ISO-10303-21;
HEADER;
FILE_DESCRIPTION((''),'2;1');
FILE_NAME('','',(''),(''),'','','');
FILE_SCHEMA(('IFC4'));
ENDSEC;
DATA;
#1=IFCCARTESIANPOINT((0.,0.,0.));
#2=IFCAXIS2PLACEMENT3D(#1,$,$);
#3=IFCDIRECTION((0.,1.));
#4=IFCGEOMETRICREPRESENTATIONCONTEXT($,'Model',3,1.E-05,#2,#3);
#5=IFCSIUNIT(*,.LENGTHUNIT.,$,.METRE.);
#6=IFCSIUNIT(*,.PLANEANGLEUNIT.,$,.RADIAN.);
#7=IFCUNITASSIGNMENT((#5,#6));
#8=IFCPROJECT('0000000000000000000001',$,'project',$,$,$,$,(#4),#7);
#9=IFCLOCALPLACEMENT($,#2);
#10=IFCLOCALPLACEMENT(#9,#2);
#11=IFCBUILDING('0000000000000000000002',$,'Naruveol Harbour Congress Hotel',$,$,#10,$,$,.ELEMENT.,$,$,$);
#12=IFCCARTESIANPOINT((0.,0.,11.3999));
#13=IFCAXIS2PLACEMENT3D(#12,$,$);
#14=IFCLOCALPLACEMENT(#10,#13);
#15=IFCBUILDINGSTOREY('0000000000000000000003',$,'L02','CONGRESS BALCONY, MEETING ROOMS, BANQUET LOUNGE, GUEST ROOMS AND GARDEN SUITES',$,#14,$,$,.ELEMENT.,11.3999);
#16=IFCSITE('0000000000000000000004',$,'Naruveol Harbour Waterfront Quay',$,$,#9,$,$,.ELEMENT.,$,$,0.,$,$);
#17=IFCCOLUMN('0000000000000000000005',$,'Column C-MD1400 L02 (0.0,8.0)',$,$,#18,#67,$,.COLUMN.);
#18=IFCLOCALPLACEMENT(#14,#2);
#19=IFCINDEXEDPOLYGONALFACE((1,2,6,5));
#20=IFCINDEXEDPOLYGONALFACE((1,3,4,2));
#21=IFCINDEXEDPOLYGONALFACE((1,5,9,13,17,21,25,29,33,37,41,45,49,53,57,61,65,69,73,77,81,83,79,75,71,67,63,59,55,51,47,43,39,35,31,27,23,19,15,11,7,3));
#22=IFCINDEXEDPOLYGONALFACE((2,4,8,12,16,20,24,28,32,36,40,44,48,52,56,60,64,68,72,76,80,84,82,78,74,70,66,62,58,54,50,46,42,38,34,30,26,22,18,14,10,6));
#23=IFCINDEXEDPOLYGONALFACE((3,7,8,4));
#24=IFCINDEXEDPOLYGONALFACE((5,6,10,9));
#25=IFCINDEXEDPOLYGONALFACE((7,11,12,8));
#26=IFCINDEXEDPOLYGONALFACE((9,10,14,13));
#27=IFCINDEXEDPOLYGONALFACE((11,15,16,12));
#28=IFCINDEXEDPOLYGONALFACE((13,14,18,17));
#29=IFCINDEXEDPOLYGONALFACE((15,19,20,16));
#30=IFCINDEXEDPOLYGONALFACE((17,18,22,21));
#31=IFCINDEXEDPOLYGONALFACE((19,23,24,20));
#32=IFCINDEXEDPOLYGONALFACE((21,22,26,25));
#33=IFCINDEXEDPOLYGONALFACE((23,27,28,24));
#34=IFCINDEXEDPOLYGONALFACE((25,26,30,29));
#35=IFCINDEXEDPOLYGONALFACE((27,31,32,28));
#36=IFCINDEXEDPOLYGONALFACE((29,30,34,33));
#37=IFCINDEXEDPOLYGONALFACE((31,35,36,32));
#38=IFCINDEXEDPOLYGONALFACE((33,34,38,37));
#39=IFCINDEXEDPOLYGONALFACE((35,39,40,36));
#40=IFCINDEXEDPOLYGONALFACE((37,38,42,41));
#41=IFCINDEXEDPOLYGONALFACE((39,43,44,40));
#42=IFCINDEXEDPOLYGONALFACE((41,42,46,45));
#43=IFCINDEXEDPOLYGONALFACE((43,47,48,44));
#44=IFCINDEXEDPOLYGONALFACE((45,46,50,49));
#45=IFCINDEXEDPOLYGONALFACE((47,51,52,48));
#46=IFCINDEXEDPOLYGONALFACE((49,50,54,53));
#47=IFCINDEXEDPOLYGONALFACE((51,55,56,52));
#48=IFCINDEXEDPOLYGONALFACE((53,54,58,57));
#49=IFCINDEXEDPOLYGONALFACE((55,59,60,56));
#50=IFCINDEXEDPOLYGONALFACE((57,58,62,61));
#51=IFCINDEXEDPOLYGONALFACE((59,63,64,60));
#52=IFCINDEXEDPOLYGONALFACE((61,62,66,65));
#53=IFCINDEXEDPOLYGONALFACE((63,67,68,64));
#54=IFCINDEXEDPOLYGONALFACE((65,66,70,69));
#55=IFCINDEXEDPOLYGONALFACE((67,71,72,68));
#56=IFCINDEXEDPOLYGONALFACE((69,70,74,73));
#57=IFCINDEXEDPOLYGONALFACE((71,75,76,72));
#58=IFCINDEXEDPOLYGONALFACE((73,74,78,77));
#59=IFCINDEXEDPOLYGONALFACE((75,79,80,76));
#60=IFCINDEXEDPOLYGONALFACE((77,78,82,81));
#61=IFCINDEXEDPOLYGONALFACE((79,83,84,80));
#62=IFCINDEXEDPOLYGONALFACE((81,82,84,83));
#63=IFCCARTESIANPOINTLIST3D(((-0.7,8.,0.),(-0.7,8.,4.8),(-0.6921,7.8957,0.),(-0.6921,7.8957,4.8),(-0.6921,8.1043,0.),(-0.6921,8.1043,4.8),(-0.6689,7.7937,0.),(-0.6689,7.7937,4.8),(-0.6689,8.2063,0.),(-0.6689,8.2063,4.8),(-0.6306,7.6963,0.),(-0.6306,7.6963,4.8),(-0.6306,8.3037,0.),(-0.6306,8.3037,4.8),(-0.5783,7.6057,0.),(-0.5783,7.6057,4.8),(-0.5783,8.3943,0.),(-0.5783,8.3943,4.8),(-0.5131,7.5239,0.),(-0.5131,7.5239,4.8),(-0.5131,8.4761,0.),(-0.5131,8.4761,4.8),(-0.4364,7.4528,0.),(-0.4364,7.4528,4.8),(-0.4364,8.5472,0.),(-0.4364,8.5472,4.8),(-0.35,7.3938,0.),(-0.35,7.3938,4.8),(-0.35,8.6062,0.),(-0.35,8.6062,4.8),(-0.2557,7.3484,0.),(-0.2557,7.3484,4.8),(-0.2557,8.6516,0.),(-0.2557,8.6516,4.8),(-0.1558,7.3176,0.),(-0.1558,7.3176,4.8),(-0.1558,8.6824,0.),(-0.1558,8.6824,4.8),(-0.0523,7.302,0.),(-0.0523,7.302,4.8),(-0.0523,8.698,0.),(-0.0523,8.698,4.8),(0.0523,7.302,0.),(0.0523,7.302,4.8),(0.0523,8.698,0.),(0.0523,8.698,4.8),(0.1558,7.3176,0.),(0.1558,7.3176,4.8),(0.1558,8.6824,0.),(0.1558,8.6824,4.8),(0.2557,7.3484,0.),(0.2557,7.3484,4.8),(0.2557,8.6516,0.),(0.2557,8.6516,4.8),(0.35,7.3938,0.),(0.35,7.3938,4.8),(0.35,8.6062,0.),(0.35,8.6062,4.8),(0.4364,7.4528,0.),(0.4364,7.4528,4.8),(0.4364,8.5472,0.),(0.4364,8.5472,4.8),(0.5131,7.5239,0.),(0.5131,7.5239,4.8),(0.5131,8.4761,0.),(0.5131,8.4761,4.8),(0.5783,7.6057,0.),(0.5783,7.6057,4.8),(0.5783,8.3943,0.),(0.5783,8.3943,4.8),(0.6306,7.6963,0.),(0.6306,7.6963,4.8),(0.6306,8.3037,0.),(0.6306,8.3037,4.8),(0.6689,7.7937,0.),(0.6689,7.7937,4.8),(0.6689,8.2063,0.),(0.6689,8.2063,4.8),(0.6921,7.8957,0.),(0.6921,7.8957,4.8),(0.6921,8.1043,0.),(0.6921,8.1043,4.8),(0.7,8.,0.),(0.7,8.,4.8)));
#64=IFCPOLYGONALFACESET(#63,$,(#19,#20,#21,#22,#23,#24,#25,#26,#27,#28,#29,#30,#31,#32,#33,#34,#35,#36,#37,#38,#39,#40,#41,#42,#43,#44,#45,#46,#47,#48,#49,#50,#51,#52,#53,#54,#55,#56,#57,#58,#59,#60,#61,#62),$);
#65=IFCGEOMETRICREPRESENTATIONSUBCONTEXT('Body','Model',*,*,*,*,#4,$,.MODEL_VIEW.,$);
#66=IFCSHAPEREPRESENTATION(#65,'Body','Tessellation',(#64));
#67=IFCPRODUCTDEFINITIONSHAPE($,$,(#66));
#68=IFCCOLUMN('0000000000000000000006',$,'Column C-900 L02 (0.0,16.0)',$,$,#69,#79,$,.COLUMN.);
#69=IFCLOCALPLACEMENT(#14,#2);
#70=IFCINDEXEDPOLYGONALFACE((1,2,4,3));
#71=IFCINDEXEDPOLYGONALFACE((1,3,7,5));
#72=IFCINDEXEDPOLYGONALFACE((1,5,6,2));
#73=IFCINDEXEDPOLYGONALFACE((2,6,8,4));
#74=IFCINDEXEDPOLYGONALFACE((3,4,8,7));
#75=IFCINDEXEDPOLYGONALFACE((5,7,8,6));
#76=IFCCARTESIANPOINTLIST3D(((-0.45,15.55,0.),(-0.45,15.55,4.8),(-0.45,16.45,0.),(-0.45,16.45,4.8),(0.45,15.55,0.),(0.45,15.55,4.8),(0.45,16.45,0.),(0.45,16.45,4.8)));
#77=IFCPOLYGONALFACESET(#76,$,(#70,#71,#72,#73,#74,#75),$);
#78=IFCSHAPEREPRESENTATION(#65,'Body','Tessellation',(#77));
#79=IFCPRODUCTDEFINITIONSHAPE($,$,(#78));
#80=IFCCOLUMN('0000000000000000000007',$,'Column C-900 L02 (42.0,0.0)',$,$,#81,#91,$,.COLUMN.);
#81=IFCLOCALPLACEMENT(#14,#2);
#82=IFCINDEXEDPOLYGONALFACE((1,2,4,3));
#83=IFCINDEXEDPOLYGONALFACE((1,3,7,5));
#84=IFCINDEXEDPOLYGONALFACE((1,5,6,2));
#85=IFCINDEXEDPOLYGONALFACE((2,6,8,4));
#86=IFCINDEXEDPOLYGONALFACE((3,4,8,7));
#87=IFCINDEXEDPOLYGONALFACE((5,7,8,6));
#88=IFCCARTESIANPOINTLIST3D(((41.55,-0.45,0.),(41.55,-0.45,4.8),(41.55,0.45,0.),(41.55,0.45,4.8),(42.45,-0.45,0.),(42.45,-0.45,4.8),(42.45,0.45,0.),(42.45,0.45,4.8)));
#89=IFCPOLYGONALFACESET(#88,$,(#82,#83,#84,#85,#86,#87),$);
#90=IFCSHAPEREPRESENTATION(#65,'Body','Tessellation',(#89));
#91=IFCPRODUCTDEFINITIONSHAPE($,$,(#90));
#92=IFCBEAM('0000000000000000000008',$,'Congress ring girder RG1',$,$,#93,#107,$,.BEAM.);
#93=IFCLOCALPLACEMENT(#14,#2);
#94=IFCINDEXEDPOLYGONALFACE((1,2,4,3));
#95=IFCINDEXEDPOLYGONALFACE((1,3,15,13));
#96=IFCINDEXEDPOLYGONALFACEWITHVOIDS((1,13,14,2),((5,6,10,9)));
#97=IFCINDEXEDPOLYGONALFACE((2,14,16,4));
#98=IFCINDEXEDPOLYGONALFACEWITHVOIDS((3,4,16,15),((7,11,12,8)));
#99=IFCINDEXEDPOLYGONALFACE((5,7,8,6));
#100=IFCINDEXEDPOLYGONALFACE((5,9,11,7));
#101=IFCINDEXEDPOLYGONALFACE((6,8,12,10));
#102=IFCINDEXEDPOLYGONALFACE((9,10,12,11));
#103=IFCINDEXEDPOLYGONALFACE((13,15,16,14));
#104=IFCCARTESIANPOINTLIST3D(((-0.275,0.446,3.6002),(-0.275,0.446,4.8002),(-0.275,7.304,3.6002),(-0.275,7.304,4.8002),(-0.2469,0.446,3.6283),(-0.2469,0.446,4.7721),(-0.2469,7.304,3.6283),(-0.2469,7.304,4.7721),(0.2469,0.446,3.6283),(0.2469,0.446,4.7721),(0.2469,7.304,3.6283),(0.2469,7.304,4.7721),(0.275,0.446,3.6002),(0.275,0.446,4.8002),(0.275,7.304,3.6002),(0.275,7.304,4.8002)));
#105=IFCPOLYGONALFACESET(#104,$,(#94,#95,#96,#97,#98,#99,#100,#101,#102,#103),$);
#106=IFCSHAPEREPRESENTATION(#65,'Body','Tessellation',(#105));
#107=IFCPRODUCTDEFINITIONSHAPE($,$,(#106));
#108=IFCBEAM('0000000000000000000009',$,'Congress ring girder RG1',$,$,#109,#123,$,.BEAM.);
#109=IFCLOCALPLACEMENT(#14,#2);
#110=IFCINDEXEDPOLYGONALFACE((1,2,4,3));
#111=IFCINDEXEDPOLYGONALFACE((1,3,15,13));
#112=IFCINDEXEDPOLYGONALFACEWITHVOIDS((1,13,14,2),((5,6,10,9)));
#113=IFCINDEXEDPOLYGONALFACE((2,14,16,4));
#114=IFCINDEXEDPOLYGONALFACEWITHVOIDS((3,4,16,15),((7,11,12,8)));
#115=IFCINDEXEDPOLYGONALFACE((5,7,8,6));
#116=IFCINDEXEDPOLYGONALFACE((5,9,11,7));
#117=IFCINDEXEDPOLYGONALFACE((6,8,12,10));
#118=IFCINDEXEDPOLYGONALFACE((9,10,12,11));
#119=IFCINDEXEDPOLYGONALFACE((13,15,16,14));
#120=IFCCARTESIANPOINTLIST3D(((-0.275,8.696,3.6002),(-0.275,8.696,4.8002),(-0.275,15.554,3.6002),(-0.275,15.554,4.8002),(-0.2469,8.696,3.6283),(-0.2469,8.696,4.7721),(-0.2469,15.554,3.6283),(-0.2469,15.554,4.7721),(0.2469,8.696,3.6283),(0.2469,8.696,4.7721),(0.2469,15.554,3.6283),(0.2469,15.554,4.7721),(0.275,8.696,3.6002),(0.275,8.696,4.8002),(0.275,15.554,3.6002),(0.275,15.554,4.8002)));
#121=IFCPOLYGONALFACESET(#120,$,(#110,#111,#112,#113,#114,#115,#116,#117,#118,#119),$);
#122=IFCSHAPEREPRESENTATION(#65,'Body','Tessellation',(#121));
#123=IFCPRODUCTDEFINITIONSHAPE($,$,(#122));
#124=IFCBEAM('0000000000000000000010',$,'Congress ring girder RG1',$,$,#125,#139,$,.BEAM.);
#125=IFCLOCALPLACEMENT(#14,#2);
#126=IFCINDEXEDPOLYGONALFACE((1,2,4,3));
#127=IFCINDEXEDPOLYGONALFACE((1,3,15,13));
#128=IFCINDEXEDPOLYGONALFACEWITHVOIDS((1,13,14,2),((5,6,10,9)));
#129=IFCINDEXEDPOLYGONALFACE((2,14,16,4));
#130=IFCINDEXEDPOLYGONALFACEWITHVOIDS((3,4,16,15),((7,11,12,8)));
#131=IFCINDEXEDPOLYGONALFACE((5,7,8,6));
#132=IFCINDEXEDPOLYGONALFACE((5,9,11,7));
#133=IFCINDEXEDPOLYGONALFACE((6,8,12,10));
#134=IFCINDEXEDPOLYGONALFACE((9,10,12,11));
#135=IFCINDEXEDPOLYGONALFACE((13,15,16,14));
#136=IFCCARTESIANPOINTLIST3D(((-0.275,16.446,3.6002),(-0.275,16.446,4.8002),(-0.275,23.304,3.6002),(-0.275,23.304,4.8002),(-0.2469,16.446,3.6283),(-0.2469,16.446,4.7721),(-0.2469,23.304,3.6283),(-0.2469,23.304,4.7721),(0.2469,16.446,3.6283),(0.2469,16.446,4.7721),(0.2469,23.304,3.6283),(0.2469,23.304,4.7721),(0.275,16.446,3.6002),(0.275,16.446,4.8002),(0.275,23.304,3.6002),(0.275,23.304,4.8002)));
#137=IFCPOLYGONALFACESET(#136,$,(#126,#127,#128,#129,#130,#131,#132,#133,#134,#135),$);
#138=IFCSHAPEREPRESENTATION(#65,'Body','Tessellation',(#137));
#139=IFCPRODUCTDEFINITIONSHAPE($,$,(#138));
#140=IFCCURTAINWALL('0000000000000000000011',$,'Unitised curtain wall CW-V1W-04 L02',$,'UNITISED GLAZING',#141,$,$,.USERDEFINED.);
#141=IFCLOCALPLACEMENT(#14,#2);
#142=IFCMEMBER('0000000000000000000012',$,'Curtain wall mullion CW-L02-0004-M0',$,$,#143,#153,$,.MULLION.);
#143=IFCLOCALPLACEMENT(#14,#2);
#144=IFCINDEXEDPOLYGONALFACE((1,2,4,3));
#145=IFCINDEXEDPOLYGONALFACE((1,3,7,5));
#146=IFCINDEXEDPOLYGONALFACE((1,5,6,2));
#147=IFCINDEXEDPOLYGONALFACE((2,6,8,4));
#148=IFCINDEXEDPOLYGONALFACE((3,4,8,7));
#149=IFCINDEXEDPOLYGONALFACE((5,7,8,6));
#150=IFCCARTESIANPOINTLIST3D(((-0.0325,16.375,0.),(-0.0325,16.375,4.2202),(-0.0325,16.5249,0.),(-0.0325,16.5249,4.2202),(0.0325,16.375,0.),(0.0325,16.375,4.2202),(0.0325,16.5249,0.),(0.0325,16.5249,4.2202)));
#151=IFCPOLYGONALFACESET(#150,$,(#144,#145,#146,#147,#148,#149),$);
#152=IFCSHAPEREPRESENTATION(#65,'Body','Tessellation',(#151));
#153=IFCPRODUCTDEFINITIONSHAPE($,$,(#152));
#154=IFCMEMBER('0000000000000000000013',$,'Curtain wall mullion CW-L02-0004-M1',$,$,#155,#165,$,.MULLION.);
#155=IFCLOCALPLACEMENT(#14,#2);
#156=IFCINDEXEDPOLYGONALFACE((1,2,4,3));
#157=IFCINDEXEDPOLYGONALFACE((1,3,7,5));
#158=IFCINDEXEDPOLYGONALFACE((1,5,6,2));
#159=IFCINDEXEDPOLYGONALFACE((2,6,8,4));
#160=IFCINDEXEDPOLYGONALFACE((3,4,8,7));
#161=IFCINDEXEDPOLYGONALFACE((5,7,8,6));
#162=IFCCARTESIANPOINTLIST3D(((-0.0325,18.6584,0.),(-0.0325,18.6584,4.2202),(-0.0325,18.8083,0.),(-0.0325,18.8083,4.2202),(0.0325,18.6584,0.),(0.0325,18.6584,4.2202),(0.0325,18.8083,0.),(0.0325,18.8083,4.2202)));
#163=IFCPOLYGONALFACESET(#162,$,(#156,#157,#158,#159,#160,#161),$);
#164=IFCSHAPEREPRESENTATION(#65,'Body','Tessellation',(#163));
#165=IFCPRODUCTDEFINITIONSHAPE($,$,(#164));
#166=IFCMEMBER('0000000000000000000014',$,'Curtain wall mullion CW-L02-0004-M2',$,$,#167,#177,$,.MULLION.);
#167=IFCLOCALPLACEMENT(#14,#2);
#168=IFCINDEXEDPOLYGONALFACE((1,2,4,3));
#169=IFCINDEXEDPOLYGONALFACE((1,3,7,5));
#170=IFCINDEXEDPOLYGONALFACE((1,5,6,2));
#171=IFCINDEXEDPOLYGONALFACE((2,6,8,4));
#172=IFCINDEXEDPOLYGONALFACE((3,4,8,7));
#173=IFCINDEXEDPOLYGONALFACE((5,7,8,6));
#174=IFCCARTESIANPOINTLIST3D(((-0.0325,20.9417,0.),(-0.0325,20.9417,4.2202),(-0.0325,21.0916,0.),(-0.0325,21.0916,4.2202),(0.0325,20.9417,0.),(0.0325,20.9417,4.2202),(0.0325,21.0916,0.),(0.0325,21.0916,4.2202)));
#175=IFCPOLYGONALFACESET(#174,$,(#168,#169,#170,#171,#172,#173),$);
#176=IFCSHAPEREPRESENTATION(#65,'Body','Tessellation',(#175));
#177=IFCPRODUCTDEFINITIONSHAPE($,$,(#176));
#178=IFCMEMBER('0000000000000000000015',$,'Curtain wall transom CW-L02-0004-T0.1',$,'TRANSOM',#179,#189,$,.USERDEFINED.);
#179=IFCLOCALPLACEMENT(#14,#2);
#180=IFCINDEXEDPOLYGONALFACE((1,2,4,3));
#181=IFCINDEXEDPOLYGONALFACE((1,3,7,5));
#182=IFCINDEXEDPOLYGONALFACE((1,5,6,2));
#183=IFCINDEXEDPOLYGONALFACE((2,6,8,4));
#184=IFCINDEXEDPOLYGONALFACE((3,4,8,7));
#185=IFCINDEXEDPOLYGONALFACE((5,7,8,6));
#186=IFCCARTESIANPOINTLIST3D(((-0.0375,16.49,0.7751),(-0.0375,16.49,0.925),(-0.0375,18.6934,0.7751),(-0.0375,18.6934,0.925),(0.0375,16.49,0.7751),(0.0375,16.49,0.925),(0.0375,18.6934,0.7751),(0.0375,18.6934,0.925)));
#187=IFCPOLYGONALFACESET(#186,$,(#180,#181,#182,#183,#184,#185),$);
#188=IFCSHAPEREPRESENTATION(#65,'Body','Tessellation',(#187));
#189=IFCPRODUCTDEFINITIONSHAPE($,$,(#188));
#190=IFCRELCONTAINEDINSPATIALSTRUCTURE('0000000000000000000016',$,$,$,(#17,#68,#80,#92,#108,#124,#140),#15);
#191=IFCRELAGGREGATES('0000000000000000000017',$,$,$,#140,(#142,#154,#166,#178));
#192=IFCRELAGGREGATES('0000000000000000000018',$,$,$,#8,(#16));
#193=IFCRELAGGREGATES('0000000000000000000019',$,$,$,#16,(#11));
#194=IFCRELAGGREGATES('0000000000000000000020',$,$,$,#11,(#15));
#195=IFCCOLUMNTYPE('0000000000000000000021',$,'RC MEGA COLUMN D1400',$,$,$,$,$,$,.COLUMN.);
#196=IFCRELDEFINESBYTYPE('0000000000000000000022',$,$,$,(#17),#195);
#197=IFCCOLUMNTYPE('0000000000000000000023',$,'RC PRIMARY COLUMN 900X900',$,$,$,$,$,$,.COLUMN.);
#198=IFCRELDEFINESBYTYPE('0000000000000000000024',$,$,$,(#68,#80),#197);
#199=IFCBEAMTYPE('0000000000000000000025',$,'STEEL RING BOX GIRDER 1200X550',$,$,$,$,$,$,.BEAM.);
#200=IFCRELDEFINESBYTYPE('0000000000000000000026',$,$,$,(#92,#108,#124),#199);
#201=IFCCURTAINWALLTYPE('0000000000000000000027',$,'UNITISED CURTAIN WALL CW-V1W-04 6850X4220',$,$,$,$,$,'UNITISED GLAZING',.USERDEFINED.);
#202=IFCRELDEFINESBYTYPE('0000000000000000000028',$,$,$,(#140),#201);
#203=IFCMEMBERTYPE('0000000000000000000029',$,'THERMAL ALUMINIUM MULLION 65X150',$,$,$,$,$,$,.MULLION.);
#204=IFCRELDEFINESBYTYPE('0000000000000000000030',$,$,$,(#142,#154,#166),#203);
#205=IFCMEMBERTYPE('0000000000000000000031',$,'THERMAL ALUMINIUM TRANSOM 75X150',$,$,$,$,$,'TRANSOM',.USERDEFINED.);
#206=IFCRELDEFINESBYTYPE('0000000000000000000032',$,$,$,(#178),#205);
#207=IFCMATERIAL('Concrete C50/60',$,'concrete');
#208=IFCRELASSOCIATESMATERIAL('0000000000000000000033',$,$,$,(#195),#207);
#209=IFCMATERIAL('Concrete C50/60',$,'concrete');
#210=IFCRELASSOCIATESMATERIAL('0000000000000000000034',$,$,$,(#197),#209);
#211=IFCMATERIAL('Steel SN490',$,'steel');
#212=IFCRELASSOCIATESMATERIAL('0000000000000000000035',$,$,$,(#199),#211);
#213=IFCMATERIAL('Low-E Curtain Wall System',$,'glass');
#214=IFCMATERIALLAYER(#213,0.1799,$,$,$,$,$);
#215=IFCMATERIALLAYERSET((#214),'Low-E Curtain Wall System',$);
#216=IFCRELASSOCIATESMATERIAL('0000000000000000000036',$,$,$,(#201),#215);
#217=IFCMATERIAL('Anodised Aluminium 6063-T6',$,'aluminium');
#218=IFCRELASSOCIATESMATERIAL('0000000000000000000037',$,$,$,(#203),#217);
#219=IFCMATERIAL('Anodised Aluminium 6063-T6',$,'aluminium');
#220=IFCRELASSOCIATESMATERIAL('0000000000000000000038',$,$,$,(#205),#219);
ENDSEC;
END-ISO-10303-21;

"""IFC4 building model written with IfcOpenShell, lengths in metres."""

from ifc_helpers import new_model, si_unit, direction, frame, origin, origin_2d, place, context, subcontext, project, spatial, rectangle, hollow_rectangle, circle, extrude, material, layer, layer_set, material_profile, profile_set, type_object, element, aggregate, save


model = new_model("IFC4")

# Units and contexts
model_context = context("Model", 3, precision=1e-05, world=origin(), true_north=direction((0.0, 1.0)))
body_context = subcontext(model_context, "Body", "Model", "MODEL_VIEW")
ifc_project = project(units=[si_unit("LENGTHUNIT", "METRE"), si_unit("PLANEANGLEUNIT", "RADIAN")], contexts=[model_context])

# Site, building, storey
site_placement = place(None, origin())
site = spatial("IfcSite", under=ifc_project, at=site_placement, Name="Naruveol Harbour Waterfront Quay", CompositionType="ELEMENT", RefElevation=0.0)
building_placement = place(site_placement, origin())
building = spatial("IfcBuilding", under=site, at=building_placement, Name="Naruveol Harbour Congress Hotel", CompositionType="ELEMENT")
storey_placement = place(building_placement, frame((0.0, 0.0, 11.3999)))
storey = spatial("IfcBuildingStorey", under=building, at=storey_placement, Name="L02", Description="CONGRESS BALCONY, MEETING ROOMS, BANQUET LOUNGE, GUEST ROOMS AND GARDEN SUITES", CompositionType="ELEMENT", Elevation=11.3999)

# Columns
ifc_material_1 = material(Name="Concrete C50/60", Category="concrete")
ifc_material_profile_1 = material_profile(ifc_material_1, circle(Radius=0.7, at=origin_2d()), Name="RC-D1400")
ifc_profile_set_1 = profile_set([ifc_material_profile_1], Name="Concrete C50/60")
column_type_1 = type_object("IfcColumnType", Name="RC MEGA COLUMN D1400", PredefinedType="COLUMN", material=ifc_profile_set_1)
column_placement = place(storey_placement, frame((0.0, 8.0, 0.0), z_axis=(0.0, 0.0, 1.0), x_axis=(1.0, 0.0, 0.0)))
element("IfcColumn", 1, at=column_placement, inside=storey, type_object=column_type_1, Name="Column C-MD1400 L02 (0.0,8.0)", PredefinedType="COLUMN", context=body_context, shape_type="SweptSolid", body=[
    extrude(circle(Radius=0.7, at=origin_2d()), origin(), (0.0, 0.0, 1.0), 4.8),
])
ifc_material_2 = material(Name="Concrete C50/60", Category="concrete")
ifc_material_profile_2 = material_profile(ifc_material_2, rectangle(XDim=0.8999, YDim=0.8999, at=origin_2d()), Name="RC-900x900")
ifc_profile_set_2 = profile_set([ifc_material_profile_2], Name="Concrete C50/60")
column_type_2 = type_object("IfcColumnType", Name="RC PRIMARY COLUMN 900X900", PredefinedType="COLUMN", material=ifc_profile_set_2)
for number, where, z_axis, x_axis, name in (
    (2, (0.0, 16.0, 0.0), (0.0, 0.0, 1.0), (1.0, 0.0, 0.0), "Column C-900 L02 (0.0,16.0)"),
    (3, (42.0, 0.0, 0.0), (0.0, 0.0, 1.0), (1.0, 0.0, 0.0), "Column C-900 L02 (42.0,0.0)"),
):
    element("IfcColumn", number, at=place(storey_placement, frame(where, z_axis=z_axis, x_axis=x_axis)), inside=storey, type_object=column_type_2, Name=name, PredefinedType="COLUMN", context=body_context, shape_type="SweptSolid", body=[
        extrude(rectangle(XDim=0.8999, YDim=0.8999, at=origin_2d()), origin(), (0.0, 0.0, 1.0), 4.8),
    ])

# Beams
ifc_material_3 = material(Name="Steel SN490", Category="steel")
ifc_material_profile_3 = material_profile(ifc_material_3, hollow_rectangle(XDim=0.55, YDim=1.2, WallThickness=0.0281, at=origin_2d()), Name="RHS-1200x550x28")
ifc_profile_set_3 = profile_set([ifc_material_profile_3], Name="Steel SN490")
beam_type = type_object("IfcBeamType", Name="STEEL RING BOX GIRDER 1200X550", PredefinedType="BEAM", material=ifc_profile_set_3)
for number, where, z_axis, x_axis, name in (
    (4, (0.0, 0.446, 4.2002), (0.0, 1.0, 0.0), (-1.0, 0.0, 0.0), "Congress ring girder RG1"),
    (5, (0.0, 8.696, 4.2002), (0.0, 1.0, 0.0), (-1.0, 0.0, 0.0), "Congress ring girder RG1"),
    (6, (0.0, 16.446, 4.2002), (0.0, 1.0, 0.0), (-1.0, 0.0, 0.0), "Congress ring girder RG1"),
):
    element("IfcBeam", number, at=place(storey_placement, frame(where, z_axis=z_axis, x_axis=x_axis)), inside=storey, type_object=beam_type, Name=name, PredefinedType="BEAM", context=body_context, shape_type="SweptSolid", body=[
        extrude(hollow_rectangle(XDim=0.55, YDim=1.2, WallThickness=0.0281, at=origin_2d()), origin(), (0.0, 0.0, 1.0), 6.8579),
    ])

# Curtain wall, members
ifc_material_4 = material(Name="Low-E Curtain Wall System", Category="glass")
ifc_layer_1 = layer(ifc_material_4, 0.1799)
ifc_layer_set_1 = layer_set([ifc_layer_1], Name="Low-E Curtain Wall System")
curtain_wall_type = type_object("IfcCurtainWallType", Name="UNITISED CURTAIN WALL CW-V1W-04 6850X4220", ElementType="UNITISED GLAZING", PredefinedType="USERDEFINED", material=ifc_layer_set_1)
curtain_wall_placement = place(storey_placement, origin())
curtain_wall = element("IfcCurtainWall", 7, at=curtain_wall_placement, inside=storey, type_object=curtain_wall_type, Name="Unitised curtain wall CW-V1W-04 L02", ObjectType="UNITISED GLAZING", PredefinedType="USERDEFINED")
ifc_material_5 = material(Name="Anodised Aluminium 6063-T6", Category="aluminium")
ifc_material_profile_4 = material_profile(ifc_material_5, rectangle(XDim=0.0649, YDim=0.1499, at=origin_2d()), Name="ALU-65x150")
ifc_profile_set_4 = profile_set([ifc_material_profile_4], Name="Anodised Aluminium 6063-T6")
member_type_1 = type_object("IfcMemberType", Name="THERMAL ALUMINIUM MULLION 65X150", PredefinedType="MULLION", material=ifc_profile_set_4)
member_1_placement = place(storey_placement, frame((0.0, 16.45, 0.0), z_axis=(0.0, 0.0, 1.0), x_axis=(1.0, 0.0, 0.0)))
member_1 = element("IfcMember", 8, at=member_1_placement, type_object=member_type_1, Name="Curtain wall mullion CW-L02-0004-M0", PredefinedType="MULLION", context=body_context, shape_type="SweptSolid", body=[
    extrude(rectangle(XDim=0.0649, YDim=0.1499, at=origin_2d()), origin(), (0.0, 0.0, 1.0), 4.2202),
])
member_2_placement = place(storey_placement, frame((0.0, 18.7334, 0.0), z_axis=(0.0, 0.0, 1.0), x_axis=(1.0, 0.0, 0.0)))
member_2 = element("IfcMember", 9, at=member_2_placement, type_object=member_type_1, Name="Curtain wall mullion CW-L02-0004-M1", PredefinedType="MULLION", context=body_context, shape_type="SweptSolid", body=[
    extrude(rectangle(XDim=0.0649, YDim=0.1499, at=origin_2d()), origin(), (0.0, 0.0, 1.0), 4.2202),
])
member_3_placement = place(storey_placement, frame((0.0, 21.0166, 0.0), z_axis=(0.0, 0.0, 1.0), x_axis=(1.0, 0.0, 0.0)))
member_3 = element("IfcMember", 10, at=member_3_placement, type_object=member_type_1, Name="Curtain wall mullion CW-L02-0004-M2", PredefinedType="MULLION", context=body_context, shape_type="SweptSolid", body=[
    extrude(rectangle(XDim=0.0649, YDim=0.1499, at=origin_2d()), origin(), (0.0, 0.0, 1.0), 4.2202),
])
ifc_material_6 = material(Name="Anodised Aluminium 6063-T6", Category="aluminium")
ifc_material_profile_5 = material_profile(ifc_material_6, rectangle(XDim=0.075, YDim=0.1499, at=origin_2d()), Name="ALU-75x150")
ifc_profile_set_5 = profile_set([ifc_material_profile_5], Name="Anodised Aluminium 6063-T6")
member_type_2 = type_object("IfcMemberType", Name="THERMAL ALUMINIUM TRANSOM 75X150", ElementType="TRANSOM", PredefinedType="USERDEFINED", material=ifc_profile_set_5)
member_4_placement = place(storey_placement, frame((0.0, 16.49, 0.8501), z_axis=(0.0, 1.0, 0.0), x_axis=(-1.0, 0.0, 0.0)))
member_4 = element("IfcMember", 11, at=member_4_placement, type_object=member_type_2, Name="Curtain wall transom CW-L02-0004-T0.1", ObjectType="TRANSOM", PredefinedType="USERDEFINED", context=body_context, shape_type="SweptSolid", body=[
    extrude(rectangle(XDim=0.075, YDim=0.1499, at=origin_2d()), origin(), (0.0, 0.0, 1.0), 2.2034),
])
aggregate(curtain_wall, [member_1, member_2, member_3, member_4])

save(model, "model.ifc")
